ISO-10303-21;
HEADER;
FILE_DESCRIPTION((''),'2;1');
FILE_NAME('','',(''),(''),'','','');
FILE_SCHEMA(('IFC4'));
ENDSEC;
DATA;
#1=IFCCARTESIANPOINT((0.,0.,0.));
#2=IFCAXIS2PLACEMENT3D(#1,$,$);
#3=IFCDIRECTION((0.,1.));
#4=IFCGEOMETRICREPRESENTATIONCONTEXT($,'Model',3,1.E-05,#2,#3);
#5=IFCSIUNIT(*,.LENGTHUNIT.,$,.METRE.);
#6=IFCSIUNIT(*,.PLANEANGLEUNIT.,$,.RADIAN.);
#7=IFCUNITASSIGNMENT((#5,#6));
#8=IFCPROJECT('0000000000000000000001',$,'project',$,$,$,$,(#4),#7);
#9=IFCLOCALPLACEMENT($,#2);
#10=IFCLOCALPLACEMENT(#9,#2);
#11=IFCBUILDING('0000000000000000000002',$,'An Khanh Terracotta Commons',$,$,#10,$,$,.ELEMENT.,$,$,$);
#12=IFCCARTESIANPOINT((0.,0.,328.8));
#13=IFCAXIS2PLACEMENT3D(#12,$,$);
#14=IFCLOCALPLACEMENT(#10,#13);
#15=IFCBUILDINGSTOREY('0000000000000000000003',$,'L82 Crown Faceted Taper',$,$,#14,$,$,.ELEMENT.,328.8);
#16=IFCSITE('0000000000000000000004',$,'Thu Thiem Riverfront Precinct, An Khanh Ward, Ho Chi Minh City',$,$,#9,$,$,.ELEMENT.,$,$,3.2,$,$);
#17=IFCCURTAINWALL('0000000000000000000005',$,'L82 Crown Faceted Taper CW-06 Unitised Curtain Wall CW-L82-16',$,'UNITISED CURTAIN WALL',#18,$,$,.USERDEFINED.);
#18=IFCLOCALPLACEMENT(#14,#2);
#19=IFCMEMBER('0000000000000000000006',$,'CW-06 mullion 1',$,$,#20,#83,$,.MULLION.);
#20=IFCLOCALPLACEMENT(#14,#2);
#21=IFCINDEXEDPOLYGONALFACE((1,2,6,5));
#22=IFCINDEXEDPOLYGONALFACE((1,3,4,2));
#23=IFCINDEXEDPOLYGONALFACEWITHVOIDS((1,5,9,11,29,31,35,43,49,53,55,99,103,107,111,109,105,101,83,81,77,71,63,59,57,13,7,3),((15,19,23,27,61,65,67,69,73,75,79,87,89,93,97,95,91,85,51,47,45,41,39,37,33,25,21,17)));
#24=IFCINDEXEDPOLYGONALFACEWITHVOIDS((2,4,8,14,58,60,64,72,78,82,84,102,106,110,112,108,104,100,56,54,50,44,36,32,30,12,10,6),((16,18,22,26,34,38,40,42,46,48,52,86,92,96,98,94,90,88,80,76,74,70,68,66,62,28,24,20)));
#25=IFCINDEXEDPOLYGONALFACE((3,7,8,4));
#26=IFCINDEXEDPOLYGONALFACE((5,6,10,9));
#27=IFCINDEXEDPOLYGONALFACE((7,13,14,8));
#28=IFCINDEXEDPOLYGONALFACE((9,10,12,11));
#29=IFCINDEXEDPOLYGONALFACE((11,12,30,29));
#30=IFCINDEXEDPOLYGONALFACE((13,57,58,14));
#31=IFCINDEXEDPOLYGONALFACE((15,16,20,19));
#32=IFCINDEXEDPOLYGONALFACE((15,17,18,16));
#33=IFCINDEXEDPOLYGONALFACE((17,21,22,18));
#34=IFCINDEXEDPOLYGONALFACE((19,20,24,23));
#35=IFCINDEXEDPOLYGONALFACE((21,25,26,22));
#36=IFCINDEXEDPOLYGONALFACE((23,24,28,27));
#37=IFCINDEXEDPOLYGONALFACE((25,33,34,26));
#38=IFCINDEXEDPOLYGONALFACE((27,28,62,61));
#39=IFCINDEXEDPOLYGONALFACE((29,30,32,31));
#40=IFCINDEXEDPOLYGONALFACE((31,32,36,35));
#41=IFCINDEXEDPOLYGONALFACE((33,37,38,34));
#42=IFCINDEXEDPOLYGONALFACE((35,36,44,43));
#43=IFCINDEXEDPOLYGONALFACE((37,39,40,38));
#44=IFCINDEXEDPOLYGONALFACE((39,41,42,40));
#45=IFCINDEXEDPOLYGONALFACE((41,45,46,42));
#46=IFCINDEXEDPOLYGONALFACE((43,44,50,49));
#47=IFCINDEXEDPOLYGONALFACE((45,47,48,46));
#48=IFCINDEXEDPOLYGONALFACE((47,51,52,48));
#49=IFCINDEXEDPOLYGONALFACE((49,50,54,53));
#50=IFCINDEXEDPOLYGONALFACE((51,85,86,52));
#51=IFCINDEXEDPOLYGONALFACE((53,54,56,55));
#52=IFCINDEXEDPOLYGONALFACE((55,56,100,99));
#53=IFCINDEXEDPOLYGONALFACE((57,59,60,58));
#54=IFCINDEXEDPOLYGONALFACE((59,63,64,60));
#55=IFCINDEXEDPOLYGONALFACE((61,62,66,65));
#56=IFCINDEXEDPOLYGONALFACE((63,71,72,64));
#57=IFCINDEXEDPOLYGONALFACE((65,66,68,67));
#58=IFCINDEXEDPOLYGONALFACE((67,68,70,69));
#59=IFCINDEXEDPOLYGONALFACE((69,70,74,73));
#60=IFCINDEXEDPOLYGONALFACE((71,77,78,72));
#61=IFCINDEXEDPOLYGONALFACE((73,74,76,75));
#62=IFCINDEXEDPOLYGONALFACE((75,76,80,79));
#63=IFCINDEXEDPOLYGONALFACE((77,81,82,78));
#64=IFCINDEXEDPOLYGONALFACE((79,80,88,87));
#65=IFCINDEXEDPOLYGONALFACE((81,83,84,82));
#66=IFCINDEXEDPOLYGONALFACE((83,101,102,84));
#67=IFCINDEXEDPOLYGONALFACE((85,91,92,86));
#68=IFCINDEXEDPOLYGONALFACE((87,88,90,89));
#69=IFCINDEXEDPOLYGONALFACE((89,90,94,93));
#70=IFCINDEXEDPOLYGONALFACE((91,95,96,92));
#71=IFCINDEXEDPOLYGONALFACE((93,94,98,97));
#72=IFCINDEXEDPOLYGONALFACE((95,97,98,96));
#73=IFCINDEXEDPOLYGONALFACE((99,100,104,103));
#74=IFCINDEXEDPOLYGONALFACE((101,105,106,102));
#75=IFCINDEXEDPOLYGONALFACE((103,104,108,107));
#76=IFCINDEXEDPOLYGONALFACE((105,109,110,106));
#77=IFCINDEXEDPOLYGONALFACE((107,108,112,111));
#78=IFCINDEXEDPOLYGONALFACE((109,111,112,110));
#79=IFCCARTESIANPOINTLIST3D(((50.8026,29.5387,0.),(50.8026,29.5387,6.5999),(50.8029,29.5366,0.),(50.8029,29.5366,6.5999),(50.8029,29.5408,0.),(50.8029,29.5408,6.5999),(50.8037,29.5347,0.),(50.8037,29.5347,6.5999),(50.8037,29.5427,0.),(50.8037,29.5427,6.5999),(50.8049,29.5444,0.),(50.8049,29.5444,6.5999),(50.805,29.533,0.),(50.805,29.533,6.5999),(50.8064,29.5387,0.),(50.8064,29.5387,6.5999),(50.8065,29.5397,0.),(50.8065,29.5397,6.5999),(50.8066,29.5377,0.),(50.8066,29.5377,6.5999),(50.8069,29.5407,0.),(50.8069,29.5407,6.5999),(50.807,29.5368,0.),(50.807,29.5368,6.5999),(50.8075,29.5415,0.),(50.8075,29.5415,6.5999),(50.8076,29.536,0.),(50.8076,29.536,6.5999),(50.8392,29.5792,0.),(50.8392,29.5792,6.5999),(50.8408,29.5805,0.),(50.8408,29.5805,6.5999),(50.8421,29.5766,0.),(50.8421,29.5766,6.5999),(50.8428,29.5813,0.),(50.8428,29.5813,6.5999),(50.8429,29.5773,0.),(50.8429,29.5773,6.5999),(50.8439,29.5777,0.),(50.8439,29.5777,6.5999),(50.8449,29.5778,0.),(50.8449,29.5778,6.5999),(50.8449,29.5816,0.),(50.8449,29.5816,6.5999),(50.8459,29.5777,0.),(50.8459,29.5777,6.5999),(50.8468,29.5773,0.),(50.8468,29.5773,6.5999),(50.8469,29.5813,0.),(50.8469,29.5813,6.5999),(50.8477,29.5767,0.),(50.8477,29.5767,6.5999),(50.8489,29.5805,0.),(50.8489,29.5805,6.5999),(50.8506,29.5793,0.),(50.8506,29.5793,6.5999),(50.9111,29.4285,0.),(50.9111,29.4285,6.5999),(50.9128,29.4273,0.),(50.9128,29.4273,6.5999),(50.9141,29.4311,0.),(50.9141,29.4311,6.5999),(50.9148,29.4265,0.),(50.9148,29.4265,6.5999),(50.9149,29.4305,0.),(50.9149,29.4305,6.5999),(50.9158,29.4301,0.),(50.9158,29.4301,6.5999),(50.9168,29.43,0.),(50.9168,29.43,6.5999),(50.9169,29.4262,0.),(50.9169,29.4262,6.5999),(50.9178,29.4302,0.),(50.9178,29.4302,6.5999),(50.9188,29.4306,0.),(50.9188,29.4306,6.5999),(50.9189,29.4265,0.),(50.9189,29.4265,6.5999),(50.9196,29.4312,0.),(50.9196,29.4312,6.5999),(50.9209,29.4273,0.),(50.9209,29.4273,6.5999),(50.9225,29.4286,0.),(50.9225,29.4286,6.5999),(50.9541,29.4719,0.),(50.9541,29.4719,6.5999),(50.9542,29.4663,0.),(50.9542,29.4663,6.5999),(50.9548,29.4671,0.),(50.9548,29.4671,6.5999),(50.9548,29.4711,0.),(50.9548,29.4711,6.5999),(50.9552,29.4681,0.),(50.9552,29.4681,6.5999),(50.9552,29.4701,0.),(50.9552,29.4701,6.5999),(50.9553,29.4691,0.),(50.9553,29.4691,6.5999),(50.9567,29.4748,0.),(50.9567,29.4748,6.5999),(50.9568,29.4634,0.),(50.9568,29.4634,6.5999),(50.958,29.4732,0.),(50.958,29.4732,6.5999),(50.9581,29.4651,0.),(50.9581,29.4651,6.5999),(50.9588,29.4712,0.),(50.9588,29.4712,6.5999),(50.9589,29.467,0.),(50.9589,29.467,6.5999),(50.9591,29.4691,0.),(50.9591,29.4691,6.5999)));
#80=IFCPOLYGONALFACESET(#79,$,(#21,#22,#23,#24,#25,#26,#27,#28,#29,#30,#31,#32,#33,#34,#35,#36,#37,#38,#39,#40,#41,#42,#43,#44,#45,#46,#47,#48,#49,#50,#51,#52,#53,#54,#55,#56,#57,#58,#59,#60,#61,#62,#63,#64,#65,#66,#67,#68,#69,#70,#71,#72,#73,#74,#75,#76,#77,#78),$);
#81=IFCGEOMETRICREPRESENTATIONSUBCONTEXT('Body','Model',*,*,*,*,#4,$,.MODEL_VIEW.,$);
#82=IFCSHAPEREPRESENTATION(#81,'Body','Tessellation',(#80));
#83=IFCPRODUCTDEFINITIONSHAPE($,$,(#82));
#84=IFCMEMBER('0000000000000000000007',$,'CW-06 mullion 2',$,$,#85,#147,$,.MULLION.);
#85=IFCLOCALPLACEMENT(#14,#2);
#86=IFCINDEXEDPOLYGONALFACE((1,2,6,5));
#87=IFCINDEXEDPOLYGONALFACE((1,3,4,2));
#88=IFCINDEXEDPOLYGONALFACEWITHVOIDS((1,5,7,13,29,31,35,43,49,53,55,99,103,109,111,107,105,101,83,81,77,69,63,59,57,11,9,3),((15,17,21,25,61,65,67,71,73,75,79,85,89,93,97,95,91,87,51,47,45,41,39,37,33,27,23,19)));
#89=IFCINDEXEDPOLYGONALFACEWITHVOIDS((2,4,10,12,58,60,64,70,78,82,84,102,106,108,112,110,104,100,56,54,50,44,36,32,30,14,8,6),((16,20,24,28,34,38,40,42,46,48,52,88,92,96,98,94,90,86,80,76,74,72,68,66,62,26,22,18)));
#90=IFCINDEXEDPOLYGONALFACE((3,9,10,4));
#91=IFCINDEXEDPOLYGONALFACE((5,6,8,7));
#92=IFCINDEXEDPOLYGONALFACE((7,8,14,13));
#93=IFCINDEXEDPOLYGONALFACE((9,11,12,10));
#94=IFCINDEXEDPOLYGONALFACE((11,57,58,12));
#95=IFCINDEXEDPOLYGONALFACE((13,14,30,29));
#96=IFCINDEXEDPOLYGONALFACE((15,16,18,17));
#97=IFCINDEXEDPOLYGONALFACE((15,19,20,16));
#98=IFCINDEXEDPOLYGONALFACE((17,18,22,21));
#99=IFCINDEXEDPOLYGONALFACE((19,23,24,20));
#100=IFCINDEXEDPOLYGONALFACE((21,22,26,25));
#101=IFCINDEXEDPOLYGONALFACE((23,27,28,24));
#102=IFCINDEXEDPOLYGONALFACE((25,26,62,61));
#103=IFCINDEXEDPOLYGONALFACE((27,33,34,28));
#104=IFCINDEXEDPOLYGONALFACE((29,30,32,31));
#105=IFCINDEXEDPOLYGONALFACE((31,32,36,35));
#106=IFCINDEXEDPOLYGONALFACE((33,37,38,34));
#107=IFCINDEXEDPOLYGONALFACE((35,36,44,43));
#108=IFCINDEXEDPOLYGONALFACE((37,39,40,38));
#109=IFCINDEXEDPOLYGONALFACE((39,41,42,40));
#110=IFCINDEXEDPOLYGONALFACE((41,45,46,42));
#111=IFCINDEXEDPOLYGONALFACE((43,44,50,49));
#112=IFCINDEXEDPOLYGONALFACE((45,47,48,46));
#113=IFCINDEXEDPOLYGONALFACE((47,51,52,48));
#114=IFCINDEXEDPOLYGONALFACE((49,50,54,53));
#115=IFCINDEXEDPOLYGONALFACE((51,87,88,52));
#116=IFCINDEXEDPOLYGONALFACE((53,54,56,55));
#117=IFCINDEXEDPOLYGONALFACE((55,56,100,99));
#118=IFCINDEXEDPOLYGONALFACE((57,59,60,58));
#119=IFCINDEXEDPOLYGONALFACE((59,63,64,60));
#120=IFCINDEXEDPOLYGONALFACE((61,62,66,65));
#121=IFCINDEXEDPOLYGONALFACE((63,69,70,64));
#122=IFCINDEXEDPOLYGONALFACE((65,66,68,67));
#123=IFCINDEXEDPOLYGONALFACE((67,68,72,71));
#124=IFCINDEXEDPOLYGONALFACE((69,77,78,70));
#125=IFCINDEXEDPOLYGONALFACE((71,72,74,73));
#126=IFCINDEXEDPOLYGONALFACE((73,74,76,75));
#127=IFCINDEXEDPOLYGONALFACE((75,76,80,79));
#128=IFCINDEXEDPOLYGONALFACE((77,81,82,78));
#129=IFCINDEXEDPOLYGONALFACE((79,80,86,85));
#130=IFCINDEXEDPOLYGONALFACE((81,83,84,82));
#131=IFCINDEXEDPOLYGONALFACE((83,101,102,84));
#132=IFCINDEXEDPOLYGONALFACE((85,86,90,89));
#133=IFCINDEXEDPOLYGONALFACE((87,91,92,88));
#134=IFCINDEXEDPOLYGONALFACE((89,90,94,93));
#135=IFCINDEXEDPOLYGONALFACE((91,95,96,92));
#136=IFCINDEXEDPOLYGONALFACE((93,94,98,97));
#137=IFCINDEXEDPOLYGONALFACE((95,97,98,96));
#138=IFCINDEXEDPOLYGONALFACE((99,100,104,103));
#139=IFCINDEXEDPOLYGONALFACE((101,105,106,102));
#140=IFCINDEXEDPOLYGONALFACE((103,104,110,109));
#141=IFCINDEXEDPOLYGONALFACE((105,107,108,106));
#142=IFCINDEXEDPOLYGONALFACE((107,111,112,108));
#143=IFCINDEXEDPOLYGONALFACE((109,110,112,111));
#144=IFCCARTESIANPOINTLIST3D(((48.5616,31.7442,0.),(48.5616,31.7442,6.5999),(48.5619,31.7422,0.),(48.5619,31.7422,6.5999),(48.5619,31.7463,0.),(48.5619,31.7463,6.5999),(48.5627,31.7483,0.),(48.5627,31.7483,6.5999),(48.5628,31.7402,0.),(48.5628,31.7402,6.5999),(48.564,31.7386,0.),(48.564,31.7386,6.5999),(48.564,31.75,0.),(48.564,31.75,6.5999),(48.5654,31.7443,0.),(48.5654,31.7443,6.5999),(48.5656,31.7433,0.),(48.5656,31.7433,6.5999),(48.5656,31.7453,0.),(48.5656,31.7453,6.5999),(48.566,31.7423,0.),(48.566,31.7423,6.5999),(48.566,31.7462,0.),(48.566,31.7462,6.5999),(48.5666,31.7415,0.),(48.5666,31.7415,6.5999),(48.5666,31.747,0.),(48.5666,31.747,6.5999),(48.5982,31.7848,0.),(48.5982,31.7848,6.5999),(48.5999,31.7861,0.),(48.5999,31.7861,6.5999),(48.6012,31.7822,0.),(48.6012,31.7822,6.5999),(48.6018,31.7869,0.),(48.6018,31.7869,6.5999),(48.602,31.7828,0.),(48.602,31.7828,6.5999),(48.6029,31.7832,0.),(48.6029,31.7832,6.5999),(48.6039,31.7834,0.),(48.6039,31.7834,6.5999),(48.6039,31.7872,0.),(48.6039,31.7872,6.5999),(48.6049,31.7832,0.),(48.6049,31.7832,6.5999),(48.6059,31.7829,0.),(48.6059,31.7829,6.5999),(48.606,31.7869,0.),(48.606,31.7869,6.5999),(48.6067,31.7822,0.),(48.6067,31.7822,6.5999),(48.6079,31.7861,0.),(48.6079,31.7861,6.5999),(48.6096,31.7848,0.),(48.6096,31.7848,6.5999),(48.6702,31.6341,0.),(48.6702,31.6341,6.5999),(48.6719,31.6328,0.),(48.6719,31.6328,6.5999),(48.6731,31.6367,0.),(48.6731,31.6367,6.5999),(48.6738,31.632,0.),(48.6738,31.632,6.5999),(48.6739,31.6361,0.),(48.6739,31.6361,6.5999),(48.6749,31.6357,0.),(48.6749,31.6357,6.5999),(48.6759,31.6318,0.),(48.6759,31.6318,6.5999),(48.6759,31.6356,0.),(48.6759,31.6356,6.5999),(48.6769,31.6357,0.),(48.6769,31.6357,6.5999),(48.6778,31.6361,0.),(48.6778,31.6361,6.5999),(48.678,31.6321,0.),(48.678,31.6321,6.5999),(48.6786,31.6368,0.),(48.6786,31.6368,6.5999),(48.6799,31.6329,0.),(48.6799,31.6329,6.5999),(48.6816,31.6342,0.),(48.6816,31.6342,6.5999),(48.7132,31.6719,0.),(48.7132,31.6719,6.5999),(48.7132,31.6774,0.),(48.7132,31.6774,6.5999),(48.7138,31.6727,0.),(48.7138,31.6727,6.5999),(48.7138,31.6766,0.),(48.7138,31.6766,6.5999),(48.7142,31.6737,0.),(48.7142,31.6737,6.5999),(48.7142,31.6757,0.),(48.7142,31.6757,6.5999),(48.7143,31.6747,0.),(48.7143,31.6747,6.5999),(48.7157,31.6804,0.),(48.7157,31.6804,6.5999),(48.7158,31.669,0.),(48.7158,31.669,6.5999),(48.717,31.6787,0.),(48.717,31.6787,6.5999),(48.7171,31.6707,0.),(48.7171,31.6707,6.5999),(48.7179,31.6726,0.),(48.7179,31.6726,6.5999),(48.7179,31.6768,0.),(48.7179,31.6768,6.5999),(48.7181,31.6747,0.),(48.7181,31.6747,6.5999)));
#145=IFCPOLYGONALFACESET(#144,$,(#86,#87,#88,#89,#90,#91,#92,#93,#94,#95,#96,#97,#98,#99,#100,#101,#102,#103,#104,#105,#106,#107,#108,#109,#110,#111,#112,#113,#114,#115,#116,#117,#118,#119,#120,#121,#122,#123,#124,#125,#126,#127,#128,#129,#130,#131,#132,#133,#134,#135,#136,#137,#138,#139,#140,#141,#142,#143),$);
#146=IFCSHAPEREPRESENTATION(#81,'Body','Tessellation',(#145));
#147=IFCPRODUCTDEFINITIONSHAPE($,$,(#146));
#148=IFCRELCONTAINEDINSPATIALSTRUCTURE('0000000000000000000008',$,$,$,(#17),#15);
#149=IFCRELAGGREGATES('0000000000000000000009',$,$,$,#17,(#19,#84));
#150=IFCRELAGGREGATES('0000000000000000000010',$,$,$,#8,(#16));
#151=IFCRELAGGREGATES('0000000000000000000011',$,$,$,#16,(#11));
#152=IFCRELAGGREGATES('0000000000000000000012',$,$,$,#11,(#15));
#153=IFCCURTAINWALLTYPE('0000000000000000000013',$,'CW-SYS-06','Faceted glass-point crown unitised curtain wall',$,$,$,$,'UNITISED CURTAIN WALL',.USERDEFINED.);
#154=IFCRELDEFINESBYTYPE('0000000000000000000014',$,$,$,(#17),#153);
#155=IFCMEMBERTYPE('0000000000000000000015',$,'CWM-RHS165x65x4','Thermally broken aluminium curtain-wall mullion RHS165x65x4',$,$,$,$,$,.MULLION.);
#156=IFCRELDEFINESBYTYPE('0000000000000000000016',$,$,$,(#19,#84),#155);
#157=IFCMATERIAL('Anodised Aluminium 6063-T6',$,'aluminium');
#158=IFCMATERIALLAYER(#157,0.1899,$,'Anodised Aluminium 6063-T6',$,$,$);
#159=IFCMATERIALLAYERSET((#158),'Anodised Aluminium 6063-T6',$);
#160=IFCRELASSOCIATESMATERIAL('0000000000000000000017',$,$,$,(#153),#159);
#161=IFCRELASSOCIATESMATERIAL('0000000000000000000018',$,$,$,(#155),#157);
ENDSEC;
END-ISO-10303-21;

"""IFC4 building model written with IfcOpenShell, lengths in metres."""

from ifc_helpers import new_model, si_unit, direction, frame, origin, origin_2d, place, context, subcontext, project, spatial, hollow_rectangle, extrude, material, layer, layer_set, material_profile, profile_set, type_object, element, aggregate, save


model = new_model("IFC4")

# Units and contexts
model_context = context("Model", 3, precision=1e-05, world=origin(), true_north=direction((0.0, 1.0)))
body_context = subcontext(model_context, "Body", "Model", "MODEL_VIEW")
ifc_project = project(units=[si_unit("LENGTHUNIT", "METRE"), si_unit("PLANEANGLEUNIT", "RADIAN")], contexts=[model_context])

# Site, building, storey
site_placement = place(None, origin())
site = spatial("IfcSite", under=ifc_project, at=site_placement, Name="Thu Thiem Riverfront Precinct, An Khanh Ward, Ho Chi Minh City", CompositionType="ELEMENT", RefElevation=3.2)
building_placement = place(site_placement, origin())
building = spatial("IfcBuilding", under=site, at=building_placement, Name="An Khanh Terracotta Commons", CompositionType="ELEMENT")
storey_placement = place(building_placement, frame((0.0, 0.0, 328.8)))
storey = spatial("IfcBuildingStorey", under=building, at=storey_placement, Name="L82 Crown Faceted Taper", CompositionType="ELEMENT", Elevation=328.8)

# Curtain wall, members
ifc_material_1 = material(Name="Anodised Aluminium 6063-T6", Category="aluminium")
ifc_layer_1 = layer(ifc_material_1, 0.1899, Name="Anodised Aluminium 6063-T6")
ifc_layer_set_1 = layer_set([ifc_layer_1], Name="Anodised Aluminium 6063-T6")
curtain_wall_type = type_object("IfcCurtainWallType", Name="CW-SYS-06", Description="Faceted glass-point crown unitised curtain wall", ElementType="UNITISED CURTAIN WALL", PredefinedType="USERDEFINED", material=ifc_layer_set_1)
ifc_material_profile_1 = material_profile(ifc_material_1, hollow_rectangle(XDim=0.0649, YDim=0.165, WallThickness=0.0039, InnerFilletRadius=0.0039, OuterFilletRadius=0.0081, at=origin_2d()), Name="RHS165x65x4")
ifc_profile_set_1 = profile_set([ifc_material_profile_1], Name="Anodised Aluminium 6063-T6")
member_type_1 = type_object("IfcMemberType", Name="CWM-RHS165x65x4", Description="Thermally broken aluminium curtain-wall mullion RHS165x65x4", PredefinedType="MULLION", material=ifc_profile_set_1)
curtain_wall_1_placement = place(storey_placement, origin())
curtain_wall_1 = element("IfcCurtainWall", 1, at=curtain_wall_1_placement, inside=storey, type_object=curtain_wall_type, Name="L82 Crown Faceted Taper CW-06 Unitised Curtain Wall CW-L82-16", ObjectType="UNITISED CURTAIN WALL", PredefinedType="USERDEFINED")
member_1_placement = place(storey_placement, frame((50.8809, 29.5039, 0.0), z_axis=(0.0, 0.0, 1.0), x_axis=(-0.701497, -0.712672, 0.0)))
member_1 = element("IfcMember", 2, at=member_1_placement, type_object=member_type_1, Name="CW-06 mullion 1", PredefinedType="MULLION", context=body_context, shape_type="SweptSolid", body=[
    extrude(hollow_rectangle(XDim=0.0649, YDim=0.165, WallThickness=0.0039, InnerFilletRadius=0.0039, OuterFilletRadius=0.0081, at=origin_2d()), origin(), (0.0, 0.0, 1.0), 6.5999),
])
member_2_placement = place(storey_placement, frame((48.6399, 31.7095, 0.0), z_axis=(0.0, 0.0, 1.0), x_axis=(-0.701497, -0.712672, 0.0)))
member_2 = element("IfcMember", 3, at=member_2_placement, type_object=member_type_1, Name="CW-06 mullion 2", PredefinedType="MULLION", context=body_context, shape_type="SweptSolid", body=[
    extrude(hollow_rectangle(XDim=0.0649, YDim=0.165, WallThickness=0.0039, InnerFilletRadius=0.0039, OuterFilletRadius=0.0081, at=origin_2d()), origin(), (0.0, 0.0, 1.0), 6.5999),
])

aggregate(curtain_wall_1, [member_1, member_2])

save(model, "model.ifc")
